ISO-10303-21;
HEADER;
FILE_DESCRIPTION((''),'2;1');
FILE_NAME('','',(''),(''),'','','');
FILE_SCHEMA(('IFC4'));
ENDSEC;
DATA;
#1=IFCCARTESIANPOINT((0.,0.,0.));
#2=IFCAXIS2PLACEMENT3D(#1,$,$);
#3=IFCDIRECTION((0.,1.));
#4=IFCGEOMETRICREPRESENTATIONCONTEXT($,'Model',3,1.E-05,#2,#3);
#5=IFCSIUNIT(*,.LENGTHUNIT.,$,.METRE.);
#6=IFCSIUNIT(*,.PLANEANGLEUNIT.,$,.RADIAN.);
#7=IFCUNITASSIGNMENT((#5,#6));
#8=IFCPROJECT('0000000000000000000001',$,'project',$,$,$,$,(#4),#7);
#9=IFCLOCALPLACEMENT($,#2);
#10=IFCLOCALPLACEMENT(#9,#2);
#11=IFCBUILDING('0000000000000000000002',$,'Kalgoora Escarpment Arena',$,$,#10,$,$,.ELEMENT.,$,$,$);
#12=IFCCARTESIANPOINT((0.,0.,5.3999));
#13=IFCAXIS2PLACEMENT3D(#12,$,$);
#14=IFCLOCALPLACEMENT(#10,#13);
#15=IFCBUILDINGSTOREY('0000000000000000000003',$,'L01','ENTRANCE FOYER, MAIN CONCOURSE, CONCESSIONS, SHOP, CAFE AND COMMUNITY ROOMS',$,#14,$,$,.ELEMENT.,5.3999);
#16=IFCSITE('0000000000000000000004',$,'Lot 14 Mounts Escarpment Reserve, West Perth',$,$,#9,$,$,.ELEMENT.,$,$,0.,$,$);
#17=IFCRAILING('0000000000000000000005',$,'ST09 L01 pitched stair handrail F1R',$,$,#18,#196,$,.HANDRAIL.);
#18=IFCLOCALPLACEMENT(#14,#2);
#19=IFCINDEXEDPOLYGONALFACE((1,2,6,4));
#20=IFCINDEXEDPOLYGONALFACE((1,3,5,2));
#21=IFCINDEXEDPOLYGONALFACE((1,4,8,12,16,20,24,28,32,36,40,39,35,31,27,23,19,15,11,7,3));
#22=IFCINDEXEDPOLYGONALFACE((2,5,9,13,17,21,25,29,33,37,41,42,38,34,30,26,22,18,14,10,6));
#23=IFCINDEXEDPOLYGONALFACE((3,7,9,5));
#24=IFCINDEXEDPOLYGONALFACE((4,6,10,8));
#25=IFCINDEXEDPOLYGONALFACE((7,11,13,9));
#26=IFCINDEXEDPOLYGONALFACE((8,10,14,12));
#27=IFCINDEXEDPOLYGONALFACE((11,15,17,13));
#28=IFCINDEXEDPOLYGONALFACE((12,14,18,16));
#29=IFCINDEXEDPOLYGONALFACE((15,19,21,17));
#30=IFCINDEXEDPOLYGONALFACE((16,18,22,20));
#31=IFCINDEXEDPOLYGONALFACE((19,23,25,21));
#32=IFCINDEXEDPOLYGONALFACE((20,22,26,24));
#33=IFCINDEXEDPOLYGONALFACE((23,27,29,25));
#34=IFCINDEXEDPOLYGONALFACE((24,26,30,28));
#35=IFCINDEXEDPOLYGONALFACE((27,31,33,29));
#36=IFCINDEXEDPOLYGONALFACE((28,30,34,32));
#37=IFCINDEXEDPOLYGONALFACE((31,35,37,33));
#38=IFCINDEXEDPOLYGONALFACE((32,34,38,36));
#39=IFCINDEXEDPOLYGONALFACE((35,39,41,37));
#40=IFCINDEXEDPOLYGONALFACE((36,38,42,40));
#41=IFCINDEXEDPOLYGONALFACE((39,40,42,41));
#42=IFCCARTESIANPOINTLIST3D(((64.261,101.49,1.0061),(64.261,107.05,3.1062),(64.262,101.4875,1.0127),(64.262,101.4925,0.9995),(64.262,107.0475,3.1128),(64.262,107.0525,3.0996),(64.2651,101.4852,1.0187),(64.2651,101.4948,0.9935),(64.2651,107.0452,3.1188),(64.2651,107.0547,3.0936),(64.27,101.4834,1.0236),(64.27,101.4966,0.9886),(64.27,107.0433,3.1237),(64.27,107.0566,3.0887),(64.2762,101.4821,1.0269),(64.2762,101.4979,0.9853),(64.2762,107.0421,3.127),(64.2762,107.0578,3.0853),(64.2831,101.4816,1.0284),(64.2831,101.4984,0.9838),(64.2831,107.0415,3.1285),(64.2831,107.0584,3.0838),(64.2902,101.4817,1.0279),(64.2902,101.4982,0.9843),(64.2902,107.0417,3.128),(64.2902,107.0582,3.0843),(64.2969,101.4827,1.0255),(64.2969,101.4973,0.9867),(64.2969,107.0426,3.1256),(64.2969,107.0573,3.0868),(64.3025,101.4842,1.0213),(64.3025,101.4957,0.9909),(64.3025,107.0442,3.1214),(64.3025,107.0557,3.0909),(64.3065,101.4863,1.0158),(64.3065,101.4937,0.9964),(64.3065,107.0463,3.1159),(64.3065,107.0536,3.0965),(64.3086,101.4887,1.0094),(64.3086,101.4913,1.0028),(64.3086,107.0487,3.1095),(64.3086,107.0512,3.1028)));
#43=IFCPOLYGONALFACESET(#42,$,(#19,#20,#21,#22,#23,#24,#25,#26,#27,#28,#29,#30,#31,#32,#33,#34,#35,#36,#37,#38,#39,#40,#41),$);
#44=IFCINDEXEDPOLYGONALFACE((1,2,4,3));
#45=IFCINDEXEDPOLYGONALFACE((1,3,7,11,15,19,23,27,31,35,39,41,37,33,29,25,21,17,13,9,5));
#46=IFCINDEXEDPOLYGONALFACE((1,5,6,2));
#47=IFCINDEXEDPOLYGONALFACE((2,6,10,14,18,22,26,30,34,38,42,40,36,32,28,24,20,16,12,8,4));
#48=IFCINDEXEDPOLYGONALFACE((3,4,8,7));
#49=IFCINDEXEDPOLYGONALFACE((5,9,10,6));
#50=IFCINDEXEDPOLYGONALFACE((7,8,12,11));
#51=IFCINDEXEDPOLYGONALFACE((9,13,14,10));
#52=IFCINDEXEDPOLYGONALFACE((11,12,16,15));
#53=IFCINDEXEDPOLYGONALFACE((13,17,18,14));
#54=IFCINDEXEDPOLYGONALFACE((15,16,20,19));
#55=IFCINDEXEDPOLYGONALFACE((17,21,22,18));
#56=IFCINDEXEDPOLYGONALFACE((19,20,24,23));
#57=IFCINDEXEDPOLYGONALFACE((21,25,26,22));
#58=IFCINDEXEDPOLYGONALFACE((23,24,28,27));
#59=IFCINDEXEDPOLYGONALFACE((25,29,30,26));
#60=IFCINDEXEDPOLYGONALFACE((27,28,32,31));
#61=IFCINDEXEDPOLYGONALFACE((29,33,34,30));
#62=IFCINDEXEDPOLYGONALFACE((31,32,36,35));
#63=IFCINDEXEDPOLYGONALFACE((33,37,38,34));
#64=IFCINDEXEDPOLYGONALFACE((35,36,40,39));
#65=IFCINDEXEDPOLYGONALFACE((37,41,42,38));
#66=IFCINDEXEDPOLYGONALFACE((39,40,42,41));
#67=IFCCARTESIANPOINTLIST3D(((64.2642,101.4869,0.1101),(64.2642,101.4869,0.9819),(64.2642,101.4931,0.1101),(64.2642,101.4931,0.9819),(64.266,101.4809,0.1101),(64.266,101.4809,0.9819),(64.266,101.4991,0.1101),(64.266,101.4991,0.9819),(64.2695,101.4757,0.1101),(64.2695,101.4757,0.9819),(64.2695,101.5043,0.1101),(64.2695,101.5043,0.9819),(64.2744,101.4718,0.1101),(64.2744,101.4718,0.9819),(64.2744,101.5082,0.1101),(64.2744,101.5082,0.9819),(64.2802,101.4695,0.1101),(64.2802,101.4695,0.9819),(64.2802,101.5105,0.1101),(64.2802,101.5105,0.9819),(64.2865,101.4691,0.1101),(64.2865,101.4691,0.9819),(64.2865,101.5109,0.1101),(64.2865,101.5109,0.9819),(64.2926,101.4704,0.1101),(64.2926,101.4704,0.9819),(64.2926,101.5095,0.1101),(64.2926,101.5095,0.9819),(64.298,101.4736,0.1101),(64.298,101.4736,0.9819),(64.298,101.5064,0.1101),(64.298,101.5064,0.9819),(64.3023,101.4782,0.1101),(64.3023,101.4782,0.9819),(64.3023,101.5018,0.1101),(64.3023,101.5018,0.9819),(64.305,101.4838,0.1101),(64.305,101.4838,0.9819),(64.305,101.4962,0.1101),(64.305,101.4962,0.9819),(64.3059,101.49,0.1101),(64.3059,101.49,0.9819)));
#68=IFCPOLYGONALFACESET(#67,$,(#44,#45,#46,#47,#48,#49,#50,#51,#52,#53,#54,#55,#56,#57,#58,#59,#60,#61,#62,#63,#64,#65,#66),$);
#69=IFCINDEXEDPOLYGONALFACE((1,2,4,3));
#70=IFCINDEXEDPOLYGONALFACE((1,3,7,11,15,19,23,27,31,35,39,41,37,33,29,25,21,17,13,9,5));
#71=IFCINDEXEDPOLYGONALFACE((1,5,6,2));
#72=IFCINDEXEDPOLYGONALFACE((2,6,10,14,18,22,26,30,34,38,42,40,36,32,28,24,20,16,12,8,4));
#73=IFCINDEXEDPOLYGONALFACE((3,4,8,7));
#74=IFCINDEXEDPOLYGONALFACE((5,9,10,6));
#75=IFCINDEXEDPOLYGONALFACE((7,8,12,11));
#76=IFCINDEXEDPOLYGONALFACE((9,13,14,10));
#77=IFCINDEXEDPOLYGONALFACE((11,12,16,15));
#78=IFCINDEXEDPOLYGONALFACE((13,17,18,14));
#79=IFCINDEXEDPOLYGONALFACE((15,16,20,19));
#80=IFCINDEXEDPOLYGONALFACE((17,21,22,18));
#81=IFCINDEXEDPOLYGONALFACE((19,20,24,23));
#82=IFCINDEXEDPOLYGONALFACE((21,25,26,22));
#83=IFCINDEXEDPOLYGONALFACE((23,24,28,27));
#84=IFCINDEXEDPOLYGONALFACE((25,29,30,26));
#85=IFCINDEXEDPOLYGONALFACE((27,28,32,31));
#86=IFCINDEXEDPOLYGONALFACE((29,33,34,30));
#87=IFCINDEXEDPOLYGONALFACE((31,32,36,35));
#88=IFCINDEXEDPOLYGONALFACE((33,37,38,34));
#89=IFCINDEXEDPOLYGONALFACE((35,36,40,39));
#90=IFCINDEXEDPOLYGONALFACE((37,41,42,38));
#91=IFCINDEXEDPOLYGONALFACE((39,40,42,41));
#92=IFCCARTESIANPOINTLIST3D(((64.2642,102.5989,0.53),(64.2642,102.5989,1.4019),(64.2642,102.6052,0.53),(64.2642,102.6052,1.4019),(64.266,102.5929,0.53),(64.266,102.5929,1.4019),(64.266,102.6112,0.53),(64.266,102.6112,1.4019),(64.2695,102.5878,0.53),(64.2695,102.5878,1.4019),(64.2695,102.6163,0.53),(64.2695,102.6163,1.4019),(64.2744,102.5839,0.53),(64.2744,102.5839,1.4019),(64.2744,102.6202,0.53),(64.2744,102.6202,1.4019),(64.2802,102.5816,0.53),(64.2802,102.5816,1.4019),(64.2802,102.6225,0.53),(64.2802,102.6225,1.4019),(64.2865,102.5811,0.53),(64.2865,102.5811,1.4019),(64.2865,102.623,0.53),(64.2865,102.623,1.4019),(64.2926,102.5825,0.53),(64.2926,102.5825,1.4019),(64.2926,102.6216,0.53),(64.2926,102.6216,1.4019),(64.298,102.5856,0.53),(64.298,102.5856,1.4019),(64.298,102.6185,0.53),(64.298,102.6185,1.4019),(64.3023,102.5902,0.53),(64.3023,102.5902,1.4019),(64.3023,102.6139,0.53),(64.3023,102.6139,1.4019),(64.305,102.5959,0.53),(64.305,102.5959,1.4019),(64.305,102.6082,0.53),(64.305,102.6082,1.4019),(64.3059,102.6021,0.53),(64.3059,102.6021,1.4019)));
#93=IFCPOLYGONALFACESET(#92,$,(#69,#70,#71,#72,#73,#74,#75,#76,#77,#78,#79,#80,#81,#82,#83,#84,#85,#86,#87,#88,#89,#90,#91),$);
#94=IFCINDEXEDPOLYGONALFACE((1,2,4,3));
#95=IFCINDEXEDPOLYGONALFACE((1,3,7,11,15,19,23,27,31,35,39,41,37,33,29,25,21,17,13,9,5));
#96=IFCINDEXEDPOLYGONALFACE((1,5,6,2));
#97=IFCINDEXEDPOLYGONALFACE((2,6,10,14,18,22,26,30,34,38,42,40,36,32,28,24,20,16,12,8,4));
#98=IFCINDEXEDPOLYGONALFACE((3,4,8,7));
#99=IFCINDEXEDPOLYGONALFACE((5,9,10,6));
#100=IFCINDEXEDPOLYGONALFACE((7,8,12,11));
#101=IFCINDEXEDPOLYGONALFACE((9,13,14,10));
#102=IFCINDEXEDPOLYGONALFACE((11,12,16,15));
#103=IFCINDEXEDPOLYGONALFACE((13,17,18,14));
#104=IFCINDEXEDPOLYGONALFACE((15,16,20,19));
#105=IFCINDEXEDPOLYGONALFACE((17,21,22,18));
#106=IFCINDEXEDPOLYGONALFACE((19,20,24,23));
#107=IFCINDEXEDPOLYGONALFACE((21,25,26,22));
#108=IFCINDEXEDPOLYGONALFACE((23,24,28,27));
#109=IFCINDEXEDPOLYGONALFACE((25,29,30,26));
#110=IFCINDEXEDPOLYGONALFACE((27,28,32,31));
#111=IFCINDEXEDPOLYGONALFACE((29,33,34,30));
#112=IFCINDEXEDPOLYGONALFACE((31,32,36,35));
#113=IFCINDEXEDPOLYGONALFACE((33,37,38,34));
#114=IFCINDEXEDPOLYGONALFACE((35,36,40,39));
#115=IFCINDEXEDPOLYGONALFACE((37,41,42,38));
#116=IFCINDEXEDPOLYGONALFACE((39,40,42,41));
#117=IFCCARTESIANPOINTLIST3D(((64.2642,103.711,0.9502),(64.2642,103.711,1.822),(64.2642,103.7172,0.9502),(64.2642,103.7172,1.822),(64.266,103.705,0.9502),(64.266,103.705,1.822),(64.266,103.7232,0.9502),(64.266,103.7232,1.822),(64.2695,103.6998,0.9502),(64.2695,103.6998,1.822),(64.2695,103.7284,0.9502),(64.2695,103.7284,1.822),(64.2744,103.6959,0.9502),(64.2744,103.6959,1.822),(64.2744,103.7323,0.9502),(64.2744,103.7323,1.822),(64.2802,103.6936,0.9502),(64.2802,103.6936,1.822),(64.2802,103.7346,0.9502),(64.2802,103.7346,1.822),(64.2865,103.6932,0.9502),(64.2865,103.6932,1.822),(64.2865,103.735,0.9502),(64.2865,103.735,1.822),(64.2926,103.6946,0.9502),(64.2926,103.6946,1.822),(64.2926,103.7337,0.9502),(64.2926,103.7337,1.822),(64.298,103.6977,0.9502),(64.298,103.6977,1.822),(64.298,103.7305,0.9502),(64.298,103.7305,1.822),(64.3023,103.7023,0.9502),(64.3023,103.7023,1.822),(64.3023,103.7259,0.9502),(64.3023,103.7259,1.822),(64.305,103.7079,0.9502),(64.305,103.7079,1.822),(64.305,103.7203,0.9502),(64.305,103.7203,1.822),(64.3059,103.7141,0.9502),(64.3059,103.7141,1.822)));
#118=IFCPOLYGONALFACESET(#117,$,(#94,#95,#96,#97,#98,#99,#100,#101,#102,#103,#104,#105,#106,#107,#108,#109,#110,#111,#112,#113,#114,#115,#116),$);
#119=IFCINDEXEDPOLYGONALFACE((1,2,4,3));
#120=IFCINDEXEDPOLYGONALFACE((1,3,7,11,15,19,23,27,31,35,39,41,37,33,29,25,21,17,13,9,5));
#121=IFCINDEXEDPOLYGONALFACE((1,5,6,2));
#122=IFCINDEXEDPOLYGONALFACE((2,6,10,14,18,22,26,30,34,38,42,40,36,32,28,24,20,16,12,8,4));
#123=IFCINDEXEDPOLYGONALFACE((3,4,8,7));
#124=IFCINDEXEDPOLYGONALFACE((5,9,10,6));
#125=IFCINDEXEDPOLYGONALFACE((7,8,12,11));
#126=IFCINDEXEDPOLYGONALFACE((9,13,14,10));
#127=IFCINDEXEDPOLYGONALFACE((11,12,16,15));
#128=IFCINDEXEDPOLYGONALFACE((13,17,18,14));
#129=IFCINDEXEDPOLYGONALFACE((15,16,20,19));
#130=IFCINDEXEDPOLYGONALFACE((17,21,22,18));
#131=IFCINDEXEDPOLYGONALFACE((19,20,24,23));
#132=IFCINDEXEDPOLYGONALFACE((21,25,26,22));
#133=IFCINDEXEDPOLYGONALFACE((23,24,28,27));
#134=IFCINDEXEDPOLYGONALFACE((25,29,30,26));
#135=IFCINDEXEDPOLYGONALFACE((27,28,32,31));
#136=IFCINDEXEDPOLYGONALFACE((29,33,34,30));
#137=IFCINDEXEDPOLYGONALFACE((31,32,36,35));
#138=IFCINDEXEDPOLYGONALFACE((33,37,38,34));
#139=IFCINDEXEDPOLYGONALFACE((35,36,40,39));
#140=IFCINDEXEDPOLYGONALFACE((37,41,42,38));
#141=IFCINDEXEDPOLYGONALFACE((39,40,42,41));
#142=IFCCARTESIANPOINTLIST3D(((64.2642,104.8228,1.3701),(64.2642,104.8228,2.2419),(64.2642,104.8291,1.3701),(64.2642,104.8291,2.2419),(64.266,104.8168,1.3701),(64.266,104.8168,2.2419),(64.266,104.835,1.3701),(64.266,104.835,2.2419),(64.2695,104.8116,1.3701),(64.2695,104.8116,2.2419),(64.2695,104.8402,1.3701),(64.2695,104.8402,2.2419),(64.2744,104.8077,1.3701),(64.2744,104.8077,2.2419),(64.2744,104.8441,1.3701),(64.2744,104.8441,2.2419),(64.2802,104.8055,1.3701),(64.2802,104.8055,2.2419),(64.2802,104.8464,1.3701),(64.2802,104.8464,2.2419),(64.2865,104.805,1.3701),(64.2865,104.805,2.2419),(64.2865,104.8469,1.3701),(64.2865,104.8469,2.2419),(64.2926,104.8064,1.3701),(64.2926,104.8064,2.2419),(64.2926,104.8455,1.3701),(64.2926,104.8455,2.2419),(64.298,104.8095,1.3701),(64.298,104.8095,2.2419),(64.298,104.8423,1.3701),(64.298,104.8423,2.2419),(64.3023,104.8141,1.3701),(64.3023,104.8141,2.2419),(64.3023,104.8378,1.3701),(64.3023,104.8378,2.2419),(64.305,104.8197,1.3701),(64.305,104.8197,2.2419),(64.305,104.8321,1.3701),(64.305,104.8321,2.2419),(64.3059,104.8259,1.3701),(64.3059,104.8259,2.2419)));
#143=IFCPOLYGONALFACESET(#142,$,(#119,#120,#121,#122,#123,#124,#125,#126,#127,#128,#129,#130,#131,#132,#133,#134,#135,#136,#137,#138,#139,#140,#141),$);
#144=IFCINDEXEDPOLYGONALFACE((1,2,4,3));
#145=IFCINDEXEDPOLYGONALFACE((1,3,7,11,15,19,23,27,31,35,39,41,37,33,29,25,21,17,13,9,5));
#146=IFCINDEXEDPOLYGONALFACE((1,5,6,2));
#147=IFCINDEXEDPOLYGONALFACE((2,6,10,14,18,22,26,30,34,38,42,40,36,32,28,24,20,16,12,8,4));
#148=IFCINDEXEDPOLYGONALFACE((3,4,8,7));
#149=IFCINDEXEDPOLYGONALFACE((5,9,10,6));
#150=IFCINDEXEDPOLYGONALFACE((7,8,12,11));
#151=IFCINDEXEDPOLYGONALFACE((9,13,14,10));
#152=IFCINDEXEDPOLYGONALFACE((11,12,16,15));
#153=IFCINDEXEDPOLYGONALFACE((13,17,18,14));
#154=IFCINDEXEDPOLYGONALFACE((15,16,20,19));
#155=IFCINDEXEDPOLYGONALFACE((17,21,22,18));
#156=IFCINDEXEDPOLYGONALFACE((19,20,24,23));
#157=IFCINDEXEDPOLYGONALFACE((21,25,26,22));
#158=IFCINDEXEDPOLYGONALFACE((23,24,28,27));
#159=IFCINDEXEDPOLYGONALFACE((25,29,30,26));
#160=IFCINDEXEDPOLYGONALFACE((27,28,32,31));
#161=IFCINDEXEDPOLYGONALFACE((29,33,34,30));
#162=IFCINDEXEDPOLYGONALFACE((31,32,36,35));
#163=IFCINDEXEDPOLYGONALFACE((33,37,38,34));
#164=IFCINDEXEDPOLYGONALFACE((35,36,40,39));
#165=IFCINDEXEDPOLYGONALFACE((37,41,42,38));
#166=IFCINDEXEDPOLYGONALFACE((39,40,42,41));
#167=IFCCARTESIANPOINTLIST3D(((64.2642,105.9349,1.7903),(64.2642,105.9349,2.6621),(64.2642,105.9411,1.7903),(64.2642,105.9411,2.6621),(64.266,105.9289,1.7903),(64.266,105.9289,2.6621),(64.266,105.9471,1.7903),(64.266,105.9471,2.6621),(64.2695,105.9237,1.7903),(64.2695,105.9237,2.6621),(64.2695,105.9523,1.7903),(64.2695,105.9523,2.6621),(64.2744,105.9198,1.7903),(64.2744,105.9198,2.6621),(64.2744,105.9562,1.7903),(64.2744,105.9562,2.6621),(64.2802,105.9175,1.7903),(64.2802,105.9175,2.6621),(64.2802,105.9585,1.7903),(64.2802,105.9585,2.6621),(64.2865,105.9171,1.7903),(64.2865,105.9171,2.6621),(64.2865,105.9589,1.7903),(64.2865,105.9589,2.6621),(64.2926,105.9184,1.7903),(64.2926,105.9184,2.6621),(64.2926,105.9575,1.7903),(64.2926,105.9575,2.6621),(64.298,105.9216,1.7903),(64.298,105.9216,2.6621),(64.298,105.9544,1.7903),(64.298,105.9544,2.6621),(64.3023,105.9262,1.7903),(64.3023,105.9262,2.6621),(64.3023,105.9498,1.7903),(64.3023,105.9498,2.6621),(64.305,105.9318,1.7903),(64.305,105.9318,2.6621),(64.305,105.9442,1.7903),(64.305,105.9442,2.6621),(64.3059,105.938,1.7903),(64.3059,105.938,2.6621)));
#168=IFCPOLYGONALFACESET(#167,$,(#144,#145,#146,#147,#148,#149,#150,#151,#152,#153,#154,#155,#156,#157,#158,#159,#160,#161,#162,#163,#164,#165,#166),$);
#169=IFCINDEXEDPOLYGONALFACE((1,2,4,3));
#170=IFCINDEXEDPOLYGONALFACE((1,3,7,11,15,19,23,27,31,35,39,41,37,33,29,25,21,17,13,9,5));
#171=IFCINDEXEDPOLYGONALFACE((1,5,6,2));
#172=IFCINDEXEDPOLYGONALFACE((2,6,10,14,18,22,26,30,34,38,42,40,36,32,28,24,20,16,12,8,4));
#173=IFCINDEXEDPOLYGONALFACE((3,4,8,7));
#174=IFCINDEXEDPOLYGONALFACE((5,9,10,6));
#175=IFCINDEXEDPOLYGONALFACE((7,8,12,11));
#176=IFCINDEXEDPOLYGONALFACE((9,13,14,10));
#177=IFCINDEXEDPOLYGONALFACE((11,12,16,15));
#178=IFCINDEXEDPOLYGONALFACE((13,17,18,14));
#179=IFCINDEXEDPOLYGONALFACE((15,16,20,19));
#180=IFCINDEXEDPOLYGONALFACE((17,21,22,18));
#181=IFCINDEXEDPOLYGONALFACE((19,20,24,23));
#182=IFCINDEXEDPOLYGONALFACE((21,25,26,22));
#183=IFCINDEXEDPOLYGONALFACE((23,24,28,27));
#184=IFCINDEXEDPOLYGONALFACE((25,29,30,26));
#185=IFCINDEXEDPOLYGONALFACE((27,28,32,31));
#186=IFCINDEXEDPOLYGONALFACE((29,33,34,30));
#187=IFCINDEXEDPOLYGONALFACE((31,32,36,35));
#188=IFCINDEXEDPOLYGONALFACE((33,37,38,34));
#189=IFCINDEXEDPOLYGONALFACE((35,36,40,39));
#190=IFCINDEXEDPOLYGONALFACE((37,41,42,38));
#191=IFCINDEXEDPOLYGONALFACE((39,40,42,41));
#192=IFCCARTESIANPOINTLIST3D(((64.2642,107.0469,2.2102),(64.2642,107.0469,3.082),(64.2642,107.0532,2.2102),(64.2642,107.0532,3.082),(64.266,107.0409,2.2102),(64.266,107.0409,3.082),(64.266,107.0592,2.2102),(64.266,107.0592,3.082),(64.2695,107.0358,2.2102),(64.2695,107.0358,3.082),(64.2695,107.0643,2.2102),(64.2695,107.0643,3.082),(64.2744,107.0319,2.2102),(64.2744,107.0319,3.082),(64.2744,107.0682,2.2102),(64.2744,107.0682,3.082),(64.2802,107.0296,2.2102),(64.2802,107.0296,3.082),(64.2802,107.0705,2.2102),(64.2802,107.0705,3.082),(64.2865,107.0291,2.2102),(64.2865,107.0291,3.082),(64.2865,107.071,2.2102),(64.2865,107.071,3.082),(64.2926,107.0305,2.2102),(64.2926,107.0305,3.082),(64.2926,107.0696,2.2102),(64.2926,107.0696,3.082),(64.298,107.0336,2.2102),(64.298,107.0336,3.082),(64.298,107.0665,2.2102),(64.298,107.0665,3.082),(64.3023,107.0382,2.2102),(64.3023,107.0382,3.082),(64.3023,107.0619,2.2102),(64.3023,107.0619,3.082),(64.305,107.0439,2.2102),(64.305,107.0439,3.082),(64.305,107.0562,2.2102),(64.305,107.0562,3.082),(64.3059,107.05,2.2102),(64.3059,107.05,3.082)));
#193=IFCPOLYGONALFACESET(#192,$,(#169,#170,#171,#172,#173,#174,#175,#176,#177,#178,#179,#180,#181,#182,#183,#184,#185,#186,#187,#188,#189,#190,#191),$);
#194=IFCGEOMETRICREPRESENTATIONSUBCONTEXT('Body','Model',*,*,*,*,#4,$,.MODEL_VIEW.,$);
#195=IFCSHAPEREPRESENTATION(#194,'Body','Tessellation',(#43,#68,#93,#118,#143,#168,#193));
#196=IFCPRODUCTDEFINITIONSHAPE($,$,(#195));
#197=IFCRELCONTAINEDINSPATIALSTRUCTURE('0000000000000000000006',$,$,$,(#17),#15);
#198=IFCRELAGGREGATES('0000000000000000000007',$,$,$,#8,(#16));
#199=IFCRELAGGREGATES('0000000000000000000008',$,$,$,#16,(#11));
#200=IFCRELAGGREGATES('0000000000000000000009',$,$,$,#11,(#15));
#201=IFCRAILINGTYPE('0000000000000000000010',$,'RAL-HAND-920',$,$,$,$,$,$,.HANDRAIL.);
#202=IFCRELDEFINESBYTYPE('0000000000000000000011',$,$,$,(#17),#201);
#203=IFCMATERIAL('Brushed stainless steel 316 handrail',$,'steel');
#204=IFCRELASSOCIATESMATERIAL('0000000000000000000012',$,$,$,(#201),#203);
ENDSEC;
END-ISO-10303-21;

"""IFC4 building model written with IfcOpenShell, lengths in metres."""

from ifc_helpers import new_model, si_unit, direction, frame, origin, origin_2d, place, context, subcontext, project, spatial, circle, extrude, material, type_object, element, save


model = new_model("IFC4")

# Units and contexts
model_context = context("Model", 3, precision=1e-05, world=origin(), true_north=direction((0.0, 1.0)))
body_context = subcontext(model_context, "Body", "Model", "MODEL_VIEW")
ifc_project = project(units=[si_unit("LENGTHUNIT", "METRE"), si_unit("PLANEANGLEUNIT", "RADIAN")], contexts=[model_context])

# Site, building, storey
site_placement = place(None, origin())
site = spatial("IfcSite", under=ifc_project, at=site_placement, Name="Lot 14 Mounts Escarpment Reserve, West Perth", CompositionType="ELEMENT", RefElevation=0.0)
building_placement = place(site_placement, origin())
building = spatial("IfcBuilding", under=site, at=building_placement, Name="Kalgoora Escarpment Arena", CompositionType="ELEMENT")
storey_placement = place(building_placement, frame((0.0, 0.0, 5.3999)))
storey = spatial("IfcBuildingStorey", under=building, at=storey_placement, Name="L01", Description="ENTRANCE FOYER, MAIN CONCOURSE, CONCESSIONS, SHOP, CAFE AND COMMUNITY ROOMS", CompositionType="ELEMENT", Elevation=5.3999)

# Railing
ifc_material_1 = material(Name="Brushed stainless steel 316 handrail", Category="steel")
railing_type_1 = type_object("IfcRailingType", Name="RAL-HAND-920", PredefinedType="HANDRAIL", material=ifc_material_1)
for number, where, name in (
    (1, (64.2849, 101.49, 0.1101), "ST09 L01 pitched stair handrail F1R"),
):
    element("IfcRailing", number, at=place(storey_placement, frame(where)), inside=storey, type_object=railing_type_1, Name=name, PredefinedType="HANDRAIL", context=body_context, shape_type="SweptSolid", body=[
        extrude(circle(Radius=0.0239, at=origin_2d()), frame((0.0, 0.0, 0.896), z_axis=(0.0, 0.935493, 0.353346), x_axis=(-1.0, 0.0, 0.0)), (0.0, 0.0, 1.0), 5.9434),
        extrude(circle(Radius=0.021, at=origin_2d()), origin(), (0.0, 0.0, 1.0), 0.8718),
        extrude(circle(Radius=0.021, at=origin_2d()), frame((0.0, 1.1121, 0.4199)), (0.0, 0.0, 1.0), 0.8718),
        extrude(circle(Radius=0.021, at=origin_2d()), frame((0.0, 2.2241, 0.8401)), (0.0, 0.0, 1.0), 0.8718),
        extrude(circle(Radius=0.021, at=origin_2d()), frame((0.0, 3.3359, 1.26)), (0.0, 0.0, 1.0), 0.8718),
        extrude(circle(Radius=0.021, at=origin_2d()), frame((0.0, 4.448, 1.6802)), (0.0, 0.0, 1.0), 0.8718),
        extrude(circle(Radius=0.021, at=origin_2d()), frame((0.0, 5.5601, 2.1001)), (0.0, 0.0, 1.0), 0.8718),
    ])

save(model, "model.ifc")
